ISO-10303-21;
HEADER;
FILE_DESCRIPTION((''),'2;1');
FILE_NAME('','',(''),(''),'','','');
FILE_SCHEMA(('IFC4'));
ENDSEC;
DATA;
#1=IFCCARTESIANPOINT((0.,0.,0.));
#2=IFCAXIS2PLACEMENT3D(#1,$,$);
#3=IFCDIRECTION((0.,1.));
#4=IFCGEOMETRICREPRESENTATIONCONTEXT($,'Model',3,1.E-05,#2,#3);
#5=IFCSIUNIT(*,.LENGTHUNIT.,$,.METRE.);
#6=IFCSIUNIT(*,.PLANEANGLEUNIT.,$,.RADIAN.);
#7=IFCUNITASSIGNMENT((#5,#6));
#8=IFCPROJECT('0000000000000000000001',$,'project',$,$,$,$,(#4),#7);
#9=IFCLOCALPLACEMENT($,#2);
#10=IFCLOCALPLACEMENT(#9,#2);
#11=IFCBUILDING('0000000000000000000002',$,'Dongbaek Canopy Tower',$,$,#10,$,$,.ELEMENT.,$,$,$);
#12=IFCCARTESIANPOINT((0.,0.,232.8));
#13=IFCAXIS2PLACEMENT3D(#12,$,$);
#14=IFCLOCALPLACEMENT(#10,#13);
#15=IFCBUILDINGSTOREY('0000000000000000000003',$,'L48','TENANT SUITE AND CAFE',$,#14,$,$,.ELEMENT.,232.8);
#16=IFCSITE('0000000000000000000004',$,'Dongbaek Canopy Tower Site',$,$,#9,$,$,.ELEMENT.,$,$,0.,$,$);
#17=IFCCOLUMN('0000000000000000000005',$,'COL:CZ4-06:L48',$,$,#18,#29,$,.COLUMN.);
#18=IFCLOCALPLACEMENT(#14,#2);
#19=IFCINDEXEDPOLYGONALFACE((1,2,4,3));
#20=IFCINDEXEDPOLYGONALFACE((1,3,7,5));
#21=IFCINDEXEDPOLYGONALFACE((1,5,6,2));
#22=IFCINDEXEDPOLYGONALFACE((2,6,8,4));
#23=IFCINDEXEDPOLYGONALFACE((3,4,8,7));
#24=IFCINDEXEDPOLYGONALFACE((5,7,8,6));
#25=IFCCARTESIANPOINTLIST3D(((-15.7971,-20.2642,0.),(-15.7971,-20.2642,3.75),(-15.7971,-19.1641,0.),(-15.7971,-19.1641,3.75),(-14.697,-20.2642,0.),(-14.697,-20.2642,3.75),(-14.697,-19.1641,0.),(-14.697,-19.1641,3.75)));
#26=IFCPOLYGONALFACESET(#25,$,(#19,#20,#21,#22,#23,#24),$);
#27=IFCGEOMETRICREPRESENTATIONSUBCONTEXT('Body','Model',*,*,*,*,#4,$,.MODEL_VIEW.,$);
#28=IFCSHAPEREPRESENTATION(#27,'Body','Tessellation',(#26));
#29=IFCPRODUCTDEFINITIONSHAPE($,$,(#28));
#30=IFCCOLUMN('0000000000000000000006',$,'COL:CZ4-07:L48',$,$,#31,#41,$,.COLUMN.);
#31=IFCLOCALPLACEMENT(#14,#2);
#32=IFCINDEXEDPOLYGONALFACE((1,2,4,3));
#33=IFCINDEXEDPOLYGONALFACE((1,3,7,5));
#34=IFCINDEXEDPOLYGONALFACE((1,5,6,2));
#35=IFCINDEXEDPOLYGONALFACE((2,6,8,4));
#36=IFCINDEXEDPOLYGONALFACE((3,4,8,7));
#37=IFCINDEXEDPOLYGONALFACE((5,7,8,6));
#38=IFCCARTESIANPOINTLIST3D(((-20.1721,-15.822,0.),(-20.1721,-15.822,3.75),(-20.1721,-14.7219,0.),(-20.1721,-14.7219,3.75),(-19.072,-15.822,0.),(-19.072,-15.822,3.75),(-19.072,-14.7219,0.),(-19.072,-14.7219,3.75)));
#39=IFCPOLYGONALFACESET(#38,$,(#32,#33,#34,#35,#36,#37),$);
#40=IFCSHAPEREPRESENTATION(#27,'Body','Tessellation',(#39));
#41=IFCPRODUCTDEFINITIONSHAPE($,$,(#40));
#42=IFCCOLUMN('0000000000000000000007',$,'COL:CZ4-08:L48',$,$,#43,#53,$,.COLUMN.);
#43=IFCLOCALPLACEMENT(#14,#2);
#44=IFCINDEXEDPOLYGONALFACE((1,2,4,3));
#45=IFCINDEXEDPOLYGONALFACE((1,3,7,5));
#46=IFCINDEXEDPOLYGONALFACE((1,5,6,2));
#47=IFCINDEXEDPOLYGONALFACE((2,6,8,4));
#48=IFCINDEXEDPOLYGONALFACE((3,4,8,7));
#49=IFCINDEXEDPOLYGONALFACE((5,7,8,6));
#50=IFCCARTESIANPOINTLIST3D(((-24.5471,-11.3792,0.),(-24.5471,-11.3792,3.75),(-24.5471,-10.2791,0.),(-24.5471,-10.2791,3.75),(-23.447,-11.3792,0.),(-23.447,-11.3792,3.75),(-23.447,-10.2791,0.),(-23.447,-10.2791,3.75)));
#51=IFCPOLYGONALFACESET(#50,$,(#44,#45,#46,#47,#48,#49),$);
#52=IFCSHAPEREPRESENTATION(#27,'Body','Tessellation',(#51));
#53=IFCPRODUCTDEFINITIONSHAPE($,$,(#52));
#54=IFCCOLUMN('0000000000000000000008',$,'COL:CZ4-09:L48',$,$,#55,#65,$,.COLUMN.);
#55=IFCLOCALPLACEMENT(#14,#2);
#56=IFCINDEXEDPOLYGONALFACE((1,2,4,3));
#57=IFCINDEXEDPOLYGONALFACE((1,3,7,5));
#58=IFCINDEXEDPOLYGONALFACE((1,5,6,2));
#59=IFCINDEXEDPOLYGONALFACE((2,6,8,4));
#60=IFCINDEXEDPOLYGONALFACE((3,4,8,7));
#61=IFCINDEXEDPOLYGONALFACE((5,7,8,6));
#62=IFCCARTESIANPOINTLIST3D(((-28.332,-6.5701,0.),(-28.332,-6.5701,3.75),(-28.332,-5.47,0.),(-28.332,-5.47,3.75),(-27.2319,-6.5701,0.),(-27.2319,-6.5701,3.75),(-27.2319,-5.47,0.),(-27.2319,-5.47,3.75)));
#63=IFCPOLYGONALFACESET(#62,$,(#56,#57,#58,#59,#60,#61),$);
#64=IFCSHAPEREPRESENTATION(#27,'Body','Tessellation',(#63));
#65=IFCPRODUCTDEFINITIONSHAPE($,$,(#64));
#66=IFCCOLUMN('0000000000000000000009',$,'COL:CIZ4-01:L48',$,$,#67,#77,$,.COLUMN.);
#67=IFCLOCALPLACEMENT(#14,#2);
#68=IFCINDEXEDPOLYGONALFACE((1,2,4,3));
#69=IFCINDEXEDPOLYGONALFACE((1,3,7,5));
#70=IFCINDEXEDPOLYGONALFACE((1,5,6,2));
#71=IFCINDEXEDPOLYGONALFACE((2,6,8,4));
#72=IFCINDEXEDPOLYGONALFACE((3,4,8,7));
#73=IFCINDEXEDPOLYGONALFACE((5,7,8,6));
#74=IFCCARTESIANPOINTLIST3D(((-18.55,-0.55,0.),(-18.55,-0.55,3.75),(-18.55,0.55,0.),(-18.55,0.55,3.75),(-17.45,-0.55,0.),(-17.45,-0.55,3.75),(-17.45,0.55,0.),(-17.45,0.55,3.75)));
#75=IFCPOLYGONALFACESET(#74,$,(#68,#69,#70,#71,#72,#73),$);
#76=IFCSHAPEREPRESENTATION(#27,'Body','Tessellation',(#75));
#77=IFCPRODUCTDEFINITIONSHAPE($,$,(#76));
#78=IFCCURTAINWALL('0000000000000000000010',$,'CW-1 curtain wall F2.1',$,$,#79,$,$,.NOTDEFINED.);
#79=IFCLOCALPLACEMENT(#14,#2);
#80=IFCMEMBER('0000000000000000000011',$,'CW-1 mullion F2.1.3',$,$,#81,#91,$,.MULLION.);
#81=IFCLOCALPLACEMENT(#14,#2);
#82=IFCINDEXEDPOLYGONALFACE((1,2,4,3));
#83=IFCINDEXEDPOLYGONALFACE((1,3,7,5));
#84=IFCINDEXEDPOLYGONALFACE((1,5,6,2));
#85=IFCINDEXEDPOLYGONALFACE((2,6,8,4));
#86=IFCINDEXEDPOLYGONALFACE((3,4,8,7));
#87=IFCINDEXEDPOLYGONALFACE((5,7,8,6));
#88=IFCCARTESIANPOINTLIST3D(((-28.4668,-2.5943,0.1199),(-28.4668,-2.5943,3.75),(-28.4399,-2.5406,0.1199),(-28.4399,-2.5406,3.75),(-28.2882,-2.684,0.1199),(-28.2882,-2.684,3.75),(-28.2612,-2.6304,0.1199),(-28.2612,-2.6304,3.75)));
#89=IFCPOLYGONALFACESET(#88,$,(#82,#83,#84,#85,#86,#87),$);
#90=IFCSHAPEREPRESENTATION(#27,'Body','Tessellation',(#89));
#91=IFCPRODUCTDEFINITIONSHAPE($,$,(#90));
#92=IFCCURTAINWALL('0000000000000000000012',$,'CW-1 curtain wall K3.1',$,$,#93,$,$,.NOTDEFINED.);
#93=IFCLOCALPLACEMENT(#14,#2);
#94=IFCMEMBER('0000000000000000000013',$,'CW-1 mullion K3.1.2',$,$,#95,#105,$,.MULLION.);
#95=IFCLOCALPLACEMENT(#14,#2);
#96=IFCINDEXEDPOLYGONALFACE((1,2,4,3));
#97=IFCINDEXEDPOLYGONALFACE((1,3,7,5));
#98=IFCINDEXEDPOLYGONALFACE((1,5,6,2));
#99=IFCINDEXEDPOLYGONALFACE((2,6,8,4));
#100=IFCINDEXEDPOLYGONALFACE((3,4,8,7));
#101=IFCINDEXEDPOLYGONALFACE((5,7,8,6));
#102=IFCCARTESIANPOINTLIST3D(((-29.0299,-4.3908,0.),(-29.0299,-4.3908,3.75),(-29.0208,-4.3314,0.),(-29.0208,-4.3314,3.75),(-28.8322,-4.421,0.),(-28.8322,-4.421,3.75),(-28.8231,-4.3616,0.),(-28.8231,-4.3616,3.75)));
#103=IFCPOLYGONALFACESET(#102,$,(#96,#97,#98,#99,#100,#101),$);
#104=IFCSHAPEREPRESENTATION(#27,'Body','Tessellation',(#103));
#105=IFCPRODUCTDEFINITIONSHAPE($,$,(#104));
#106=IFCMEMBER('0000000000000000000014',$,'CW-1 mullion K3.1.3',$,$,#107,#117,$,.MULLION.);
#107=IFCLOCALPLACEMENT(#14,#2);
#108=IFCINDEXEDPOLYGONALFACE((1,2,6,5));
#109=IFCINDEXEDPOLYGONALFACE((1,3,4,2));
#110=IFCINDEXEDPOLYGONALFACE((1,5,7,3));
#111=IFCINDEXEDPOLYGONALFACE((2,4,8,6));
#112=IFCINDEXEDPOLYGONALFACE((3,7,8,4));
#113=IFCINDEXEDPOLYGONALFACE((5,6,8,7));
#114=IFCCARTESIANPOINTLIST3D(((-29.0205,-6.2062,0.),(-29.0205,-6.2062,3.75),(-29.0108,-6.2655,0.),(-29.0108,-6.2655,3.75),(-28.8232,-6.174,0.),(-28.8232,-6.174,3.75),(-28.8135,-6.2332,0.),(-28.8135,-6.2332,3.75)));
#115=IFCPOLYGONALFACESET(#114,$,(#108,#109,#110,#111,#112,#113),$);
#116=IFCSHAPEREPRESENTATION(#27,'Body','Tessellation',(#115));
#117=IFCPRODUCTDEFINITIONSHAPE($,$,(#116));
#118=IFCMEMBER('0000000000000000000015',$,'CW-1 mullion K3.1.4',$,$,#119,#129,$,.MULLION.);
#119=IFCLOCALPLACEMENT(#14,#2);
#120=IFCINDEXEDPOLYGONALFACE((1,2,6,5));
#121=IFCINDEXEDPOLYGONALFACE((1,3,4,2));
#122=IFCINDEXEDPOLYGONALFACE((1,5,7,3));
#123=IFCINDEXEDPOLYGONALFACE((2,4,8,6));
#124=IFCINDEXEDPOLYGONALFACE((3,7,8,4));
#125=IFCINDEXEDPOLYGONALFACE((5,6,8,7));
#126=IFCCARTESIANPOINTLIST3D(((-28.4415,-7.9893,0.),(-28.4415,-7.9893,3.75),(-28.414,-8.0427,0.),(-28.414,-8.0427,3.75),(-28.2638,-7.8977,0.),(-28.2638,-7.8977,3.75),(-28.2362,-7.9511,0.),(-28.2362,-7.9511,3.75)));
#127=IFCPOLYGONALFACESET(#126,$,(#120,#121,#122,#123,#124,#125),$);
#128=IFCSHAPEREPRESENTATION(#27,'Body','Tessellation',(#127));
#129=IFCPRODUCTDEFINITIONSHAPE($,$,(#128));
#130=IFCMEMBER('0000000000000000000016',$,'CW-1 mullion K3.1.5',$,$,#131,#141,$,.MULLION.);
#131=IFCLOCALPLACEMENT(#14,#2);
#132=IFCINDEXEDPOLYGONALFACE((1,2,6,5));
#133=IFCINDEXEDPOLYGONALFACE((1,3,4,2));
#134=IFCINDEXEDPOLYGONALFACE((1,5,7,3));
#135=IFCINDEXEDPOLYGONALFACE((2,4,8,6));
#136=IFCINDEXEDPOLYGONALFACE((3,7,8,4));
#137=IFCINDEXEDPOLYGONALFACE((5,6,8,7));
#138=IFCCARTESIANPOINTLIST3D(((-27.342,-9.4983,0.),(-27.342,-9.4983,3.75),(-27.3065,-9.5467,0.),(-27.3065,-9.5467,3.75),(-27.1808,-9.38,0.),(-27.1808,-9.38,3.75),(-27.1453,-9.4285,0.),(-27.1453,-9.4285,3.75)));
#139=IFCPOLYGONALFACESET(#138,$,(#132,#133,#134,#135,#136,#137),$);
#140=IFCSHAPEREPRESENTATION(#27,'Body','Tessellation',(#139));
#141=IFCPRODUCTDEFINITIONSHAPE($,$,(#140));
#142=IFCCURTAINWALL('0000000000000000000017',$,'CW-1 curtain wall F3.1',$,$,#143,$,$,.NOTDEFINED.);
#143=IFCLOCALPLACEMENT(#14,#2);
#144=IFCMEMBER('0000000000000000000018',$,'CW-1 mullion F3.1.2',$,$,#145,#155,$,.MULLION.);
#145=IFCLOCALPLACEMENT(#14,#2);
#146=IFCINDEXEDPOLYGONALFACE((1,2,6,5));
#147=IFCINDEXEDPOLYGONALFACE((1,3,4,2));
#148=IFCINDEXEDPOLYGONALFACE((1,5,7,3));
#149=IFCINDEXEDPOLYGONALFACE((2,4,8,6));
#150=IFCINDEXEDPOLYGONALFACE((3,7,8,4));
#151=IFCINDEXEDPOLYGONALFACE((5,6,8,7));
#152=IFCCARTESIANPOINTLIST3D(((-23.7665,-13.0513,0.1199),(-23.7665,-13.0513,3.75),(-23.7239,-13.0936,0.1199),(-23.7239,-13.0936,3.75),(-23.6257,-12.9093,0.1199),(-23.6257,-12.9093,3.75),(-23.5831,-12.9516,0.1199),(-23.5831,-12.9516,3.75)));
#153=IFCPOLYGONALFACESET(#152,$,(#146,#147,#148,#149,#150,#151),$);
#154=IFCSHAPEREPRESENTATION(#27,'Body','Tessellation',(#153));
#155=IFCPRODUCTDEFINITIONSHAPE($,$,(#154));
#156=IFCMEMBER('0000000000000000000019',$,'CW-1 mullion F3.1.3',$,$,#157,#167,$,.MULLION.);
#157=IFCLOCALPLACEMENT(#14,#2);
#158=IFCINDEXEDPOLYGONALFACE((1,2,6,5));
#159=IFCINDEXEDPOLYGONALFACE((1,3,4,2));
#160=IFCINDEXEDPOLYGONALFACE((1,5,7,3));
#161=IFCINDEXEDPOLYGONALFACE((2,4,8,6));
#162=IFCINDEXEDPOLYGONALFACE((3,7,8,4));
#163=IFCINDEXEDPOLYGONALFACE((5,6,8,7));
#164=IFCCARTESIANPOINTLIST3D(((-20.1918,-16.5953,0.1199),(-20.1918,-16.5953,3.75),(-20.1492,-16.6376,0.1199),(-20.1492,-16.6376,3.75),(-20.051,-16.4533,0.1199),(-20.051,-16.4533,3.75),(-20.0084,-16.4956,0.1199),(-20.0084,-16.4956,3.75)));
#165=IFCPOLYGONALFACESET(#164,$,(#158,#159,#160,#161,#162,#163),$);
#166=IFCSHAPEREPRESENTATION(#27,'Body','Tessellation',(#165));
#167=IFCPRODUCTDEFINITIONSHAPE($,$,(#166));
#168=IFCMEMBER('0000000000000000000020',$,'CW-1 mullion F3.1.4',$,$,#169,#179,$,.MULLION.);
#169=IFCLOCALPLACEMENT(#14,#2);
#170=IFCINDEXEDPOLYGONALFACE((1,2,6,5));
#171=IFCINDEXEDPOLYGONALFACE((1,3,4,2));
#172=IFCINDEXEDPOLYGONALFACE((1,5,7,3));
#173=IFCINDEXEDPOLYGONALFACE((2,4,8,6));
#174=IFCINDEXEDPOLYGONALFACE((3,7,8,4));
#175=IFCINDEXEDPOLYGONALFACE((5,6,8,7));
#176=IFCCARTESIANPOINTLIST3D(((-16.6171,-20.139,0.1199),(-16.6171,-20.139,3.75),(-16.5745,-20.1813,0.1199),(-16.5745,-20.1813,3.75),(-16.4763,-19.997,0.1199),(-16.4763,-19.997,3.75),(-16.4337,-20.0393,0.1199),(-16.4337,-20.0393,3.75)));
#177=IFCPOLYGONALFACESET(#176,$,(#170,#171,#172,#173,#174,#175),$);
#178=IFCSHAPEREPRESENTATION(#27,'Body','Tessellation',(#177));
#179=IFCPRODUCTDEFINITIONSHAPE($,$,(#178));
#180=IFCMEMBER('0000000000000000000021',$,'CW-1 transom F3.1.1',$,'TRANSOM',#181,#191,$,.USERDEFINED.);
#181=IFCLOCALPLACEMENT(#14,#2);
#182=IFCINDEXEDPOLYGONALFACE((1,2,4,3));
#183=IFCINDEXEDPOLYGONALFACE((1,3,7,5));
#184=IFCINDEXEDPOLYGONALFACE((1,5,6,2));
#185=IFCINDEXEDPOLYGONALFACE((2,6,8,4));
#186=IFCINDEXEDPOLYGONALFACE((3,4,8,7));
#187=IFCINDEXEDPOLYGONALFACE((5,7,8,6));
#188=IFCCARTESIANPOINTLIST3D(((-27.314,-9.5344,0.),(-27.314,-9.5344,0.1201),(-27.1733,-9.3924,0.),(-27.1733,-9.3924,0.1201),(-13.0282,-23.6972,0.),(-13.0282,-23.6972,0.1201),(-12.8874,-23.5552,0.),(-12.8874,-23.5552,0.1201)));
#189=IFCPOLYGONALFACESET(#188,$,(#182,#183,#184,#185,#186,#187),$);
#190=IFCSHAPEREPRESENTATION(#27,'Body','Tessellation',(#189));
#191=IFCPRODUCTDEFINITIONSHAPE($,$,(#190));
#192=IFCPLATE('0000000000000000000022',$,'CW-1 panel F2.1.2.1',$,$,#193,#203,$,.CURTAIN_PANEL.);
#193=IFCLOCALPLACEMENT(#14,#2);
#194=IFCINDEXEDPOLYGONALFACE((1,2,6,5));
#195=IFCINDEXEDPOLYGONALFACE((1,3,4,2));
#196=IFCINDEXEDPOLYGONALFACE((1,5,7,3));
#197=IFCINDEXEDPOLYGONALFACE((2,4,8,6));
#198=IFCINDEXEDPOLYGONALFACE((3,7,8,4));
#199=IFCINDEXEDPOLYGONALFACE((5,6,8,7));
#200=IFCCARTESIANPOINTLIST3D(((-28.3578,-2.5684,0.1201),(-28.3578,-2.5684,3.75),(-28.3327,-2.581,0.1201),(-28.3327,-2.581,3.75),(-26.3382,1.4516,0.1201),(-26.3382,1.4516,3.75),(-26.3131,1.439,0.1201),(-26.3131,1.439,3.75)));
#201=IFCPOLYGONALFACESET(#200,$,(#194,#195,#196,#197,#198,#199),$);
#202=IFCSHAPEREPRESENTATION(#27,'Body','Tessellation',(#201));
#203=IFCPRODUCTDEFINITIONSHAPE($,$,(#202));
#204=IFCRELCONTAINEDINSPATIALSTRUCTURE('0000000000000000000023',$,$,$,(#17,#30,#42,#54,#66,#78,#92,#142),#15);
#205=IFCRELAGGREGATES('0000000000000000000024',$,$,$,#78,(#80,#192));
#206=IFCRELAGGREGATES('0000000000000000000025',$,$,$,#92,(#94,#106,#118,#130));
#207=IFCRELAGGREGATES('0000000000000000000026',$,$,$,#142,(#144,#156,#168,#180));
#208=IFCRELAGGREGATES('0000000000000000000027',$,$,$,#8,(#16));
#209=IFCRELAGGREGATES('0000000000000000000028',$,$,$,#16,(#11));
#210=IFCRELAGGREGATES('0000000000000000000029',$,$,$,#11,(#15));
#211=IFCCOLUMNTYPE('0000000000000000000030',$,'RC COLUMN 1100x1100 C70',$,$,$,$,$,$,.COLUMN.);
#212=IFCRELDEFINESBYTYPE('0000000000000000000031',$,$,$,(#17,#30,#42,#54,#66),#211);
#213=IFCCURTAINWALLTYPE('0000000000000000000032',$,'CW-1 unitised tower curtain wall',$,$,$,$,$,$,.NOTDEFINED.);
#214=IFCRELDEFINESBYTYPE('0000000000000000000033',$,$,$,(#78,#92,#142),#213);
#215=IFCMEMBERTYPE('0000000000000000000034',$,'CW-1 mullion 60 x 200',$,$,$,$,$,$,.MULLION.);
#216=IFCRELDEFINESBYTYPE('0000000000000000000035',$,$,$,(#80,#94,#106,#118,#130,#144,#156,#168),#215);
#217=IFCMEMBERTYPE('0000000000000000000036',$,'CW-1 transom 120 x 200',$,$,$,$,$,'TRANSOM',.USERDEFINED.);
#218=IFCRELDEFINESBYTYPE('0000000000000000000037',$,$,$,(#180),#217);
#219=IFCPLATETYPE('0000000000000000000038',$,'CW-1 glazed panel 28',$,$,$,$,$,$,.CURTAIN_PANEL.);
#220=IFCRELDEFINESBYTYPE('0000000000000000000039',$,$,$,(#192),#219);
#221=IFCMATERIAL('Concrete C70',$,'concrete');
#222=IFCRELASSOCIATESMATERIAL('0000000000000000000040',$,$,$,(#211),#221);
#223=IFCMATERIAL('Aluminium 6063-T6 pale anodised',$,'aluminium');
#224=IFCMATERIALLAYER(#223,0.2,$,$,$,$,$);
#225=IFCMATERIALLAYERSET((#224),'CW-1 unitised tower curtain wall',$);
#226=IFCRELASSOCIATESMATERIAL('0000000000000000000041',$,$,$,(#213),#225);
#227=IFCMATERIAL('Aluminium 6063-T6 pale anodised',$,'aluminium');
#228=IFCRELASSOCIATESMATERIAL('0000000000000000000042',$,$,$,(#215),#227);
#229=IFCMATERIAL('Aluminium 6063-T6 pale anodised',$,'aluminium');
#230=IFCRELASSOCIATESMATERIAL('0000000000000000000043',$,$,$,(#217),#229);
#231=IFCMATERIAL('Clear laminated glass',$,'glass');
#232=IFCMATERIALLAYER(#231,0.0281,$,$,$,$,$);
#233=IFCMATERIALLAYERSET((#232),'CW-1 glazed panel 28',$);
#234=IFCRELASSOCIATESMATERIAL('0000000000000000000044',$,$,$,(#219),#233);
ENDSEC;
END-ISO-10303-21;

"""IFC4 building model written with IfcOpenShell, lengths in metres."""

from ifc_helpers import new_model, si_unit, direction, frame, origin, origin_2d, place, context, subcontext, project, spatial, rectangle, extrude, material, layer, layer_set, material_profile, profile_set, type_object, element, aggregate, save


model = new_model("IFC4")

# Units and contexts
model_context = context("Model", 3, precision=1e-05, world=origin(), true_north=direction((0.0, 1.0)))
body_context = subcontext(model_context, "Body", "Model", "MODEL_VIEW")
ifc_project = project(units=[si_unit("LENGTHUNIT", "METRE"), si_unit("PLANEANGLEUNIT", "RADIAN")], contexts=[model_context])

# Site, building, storey
site_placement = place(None, origin())
site = spatial("IfcSite", under=ifc_project, at=site_placement, Name="Dongbaek Canopy Tower Site", CompositionType="ELEMENT", RefElevation=0.0)
building_placement = place(site_placement, origin())
building = spatial("IfcBuilding", under=site, at=building_placement, Name="Dongbaek Canopy Tower", CompositionType="ELEMENT")
storey_placement = place(building_placement, frame((0.0, 0.0, 232.8)))
storey = spatial("IfcBuildingStorey", under=building, at=storey_placement, Name="L48", Description="TENANT SUITE AND CAFE", CompositionType="ELEMENT", Elevation=232.8)

# Columns
ifc_material_1 = material(Name="Concrete C70", Category="concrete")
ifc_material_profile_1 = material_profile(ifc_material_1, rectangle(XDim=1.1001, YDim=1.1001, at=origin_2d()), Name="RC COLUMN 1100x1100 C70")
ifc_profile_set_1 = profile_set([ifc_material_profile_1], Name="Concrete C70")
column_type = type_object("IfcColumnType", Name="RC COLUMN 1100x1100 C70", PredefinedType="COLUMN", material=ifc_profile_set_1)
for number, where, z_axis, x_axis, name in (
    (1, (-15.2471, -19.7141, 0.0), (0.0, 0.0, 1.0), (1.0, 0.0, 0.0), "COL:CZ4-06:L48"),
    (2, (-19.6221, -15.272, 0.0), (0.0, 0.0, 1.0), (1.0, 0.0, 0.0), "COL:CZ4-07:L48"),
    (3, (-23.9971, -10.8291, 0.0), (0.0, 0.0, 1.0), (1.0, 0.0, 0.0), "COL:CZ4-08:L48"),
    (4, (-27.782, -6.02, 0.0), (0.0, 0.0, 1.0), (1.0, 0.0, 0.0), "COL:CZ4-09:L48"),
    (5, (-18.0, 0.0, 0.0), (0.0, 0.0, 1.0), (1.0, 0.0, 0.0), "COL:CIZ4-01:L48"),
):
    element("IfcColumn", number, at=place(storey_placement, frame(where, z_axis=z_axis, x_axis=x_axis)), inside=storey, type_object=column_type, Name=name, PredefinedType="COLUMN", context=body_context, shape_type="SweptSolid", body=[
        extrude(rectangle(XDim=1.1001, YDim=1.1001, at=origin_2d()), origin(), (0.0, 0.0, 1.0), 3.75),
    ])

# Curtain wall, member
ifc_material_2 = material(Name="Aluminium 6063-T6 pale anodised", Category="aluminium")
ifc_layer_1 = layer(ifc_material_2, 0.2)
ifc_layer_set_1 = layer_set([ifc_layer_1], Name="CW-1 unitised tower curtain wall")
curtain_wall_type = type_object("IfcCurtainWallType", Name="CW-1 unitised tower curtain wall", PredefinedType="NOTDEFINED", material=ifc_layer_set_1)
curtain_wall_1_placement = place(storey_placement, origin())
curtain_wall_1 = element("IfcCurtainWall", 6, at=curtain_wall_1_placement, inside=storey, type_object=curtain_wall_type, Name="CW-1 curtain wall F2.1", PredefinedType="NOTDEFINED")
ifc_material_3 = material(Name="Aluminium 6063-T6 pale anodised", Category="aluminium")
ifc_material_profile_2 = material_profile(ifc_material_3, rectangle(XDim=0.2, YDim=0.0601, at=origin_2d()), Name="CW-1 mullion 60 x 200")
ifc_profile_set_2 = profile_set([ifc_material_profile_2], Name="Aluminium 6063-T6 pale anodised")
member_type_1 = type_object("IfcMemberType", Name="CW-1 mullion 60 x 200", PredefinedType="MULLION", material=ifc_profile_set_2)
member_1_placement = place(storey_placement, frame((-28.364, -2.6123, 0.1199), z_axis=(0.0, 0.0, 1.0), x_axis=(-0.893577, 0.448909, 0.0)))
member_1 = element("IfcMember", 7, at=member_1_placement, type_object=member_type_1, Name="CW-1 mullion F2.1.3", PredefinedType="MULLION", context=body_context, shape_type="SweptSolid", body=[
    extrude(rectangle(XDim=0.2, YDim=0.0601, at=origin_2d()), origin(), (0.0, 0.0, 1.0), 3.6301),
])

# Curtain walls, members
curtain_wall_2_placement = place(storey_placement, origin())
curtain_wall_2 = element("IfcCurtainWall", 8, at=curtain_wall_2_placement, inside=storey, type_object=curtain_wall_type, Name="CW-1 curtain wall K3.1", PredefinedType="NOTDEFINED")
member_2_placement = place(storey_placement, frame((-28.9265, -4.3762, 0.0), z_axis=(0.0, 0.0, 1.0), x_axis=(-0.988512, 0.151144, 0.0)))
member_2 = element("IfcMember", 9, at=member_2_placement, type_object=member_type_1, Name="CW-1 mullion K3.1.2", PredefinedType="MULLION", context=body_context, shape_type="SweptSolid", body=[
    extrude(rectangle(XDim=0.2, YDim=0.0601, at=origin_2d()), origin(), (0.0, 0.0, 1.0), 3.75),
])
member_3_placement = place(storey_placement, frame((-28.917, -6.2197, 0.0), z_axis=(0.0, 0.0, 1.0), x_axis=(-0.986892, -0.161383, 0.0)))
member_3 = element("IfcMember", 10, at=member_3_placement, type_object=member_type_1, Name="CW-1 mullion K3.1.3", PredefinedType="MULLION", context=body_context, shape_type="SweptSolid", body=[
    extrude(rectangle(XDim=0.2, YDim=0.0601, at=origin_2d()), origin(), (0.0, 0.0, 1.0), 3.75),
])
member_4_placement = place(storey_placement, frame((-28.3389, -7.9702, 0.0), z_axis=(0.0, 0.0, 1.0), x_axis=(-0.888876, -0.458148, 0.0)))
member_4 = element("IfcMember", 11, at=member_4_placement, type_object=member_type_1, Name="CW-1 mullion K3.1.4", PredefinedType="MULLION", context=body_context, shape_type="SweptSolid", body=[
    extrude(rectangle(XDim=0.2, YDim=0.0601, at=origin_2d()), origin(), (0.0, 0.0, 1.0), 3.75),
])
member_5_placement = place(storey_placement, frame((-27.2437, -9.4634, 0.0), z_axis=(0.0, 0.0, 1.0), x_axis=(-0.806363, -0.591421, 0.0)))
member_5 = element("IfcMember", 12, at=member_5_placement, type_object=member_type_1, Name="CW-1 mullion K3.1.5", PredefinedType="MULLION", context=body_context, shape_type="SweptSolid", body=[
    extrude(rectangle(XDim=0.2, YDim=0.0601, at=origin_2d()), origin(), (0.0, 0.0, 1.0), 3.75),
])
curtain_wall_3_placement = place(storey_placement, origin())
curtain_wall_3 = element("IfcCurtainWall", 13, at=curtain_wall_3_placement, inside=storey, type_object=curtain_wall_type, Name="CW-1 curtain wall F3.1", PredefinedType="NOTDEFINED")
member_6_placement = place(storey_placement, frame((-23.6748, -13.0015, 0.1199), z_axis=(0.0, 0.0, 1.0), x_axis=(-0.704038, -0.710162, 0.0)))
member_6 = element("IfcMember", 14, at=member_6_placement, type_object=member_type_1, Name="CW-1 mullion F3.1.2", PredefinedType="MULLION", context=body_context, shape_type="SweptSolid", body=[
    extrude(rectangle(XDim=0.2, YDim=0.0601, at=origin_2d()), origin(), (0.0, 0.0, 1.0), 3.6301),
])
member_7_placement = place(storey_placement, frame((-20.1001, -16.5454, 0.1199), z_axis=(0.0, 0.0, 1.0), x_axis=(-0.704038, -0.710162, 0.0)))
member_7 = element("IfcMember", 15, at=member_7_placement, type_object=member_type_1, Name="CW-1 mullion F3.1.3", PredefinedType="MULLION", context=body_context, shape_type="SweptSolid", body=[
    extrude(rectangle(XDim=0.2, YDim=0.0601, at=origin_2d()), origin(), (0.0, 0.0, 1.0), 3.6301),
])
member_8_placement = place(storey_placement, frame((-16.5254, -20.0891, 0.1199), z_axis=(0.0, 0.0, 1.0), x_axis=(-0.704038, -0.710162, 0.0)))
member_8 = element("IfcMember", 16, at=member_8_placement, type_object=member_type_1, Name="CW-1 mullion F3.1.4", PredefinedType="MULLION", context=body_context, shape_type="SweptSolid", body=[
    extrude(rectangle(XDim=0.2, YDim=0.0601, at=origin_2d()), origin(), (0.0, 0.0, 1.0), 3.6301),
])
ifc_material_4 = material(Name="Aluminium 6063-T6 pale anodised", Category="aluminium")
ifc_material_profile_3 = material_profile(ifc_material_4, rectangle(XDim=0.2, YDim=0.1201, at=origin_2d()), Name="CW-1 transom 120 x 200")
ifc_profile_set_3 = profile_set([ifc_material_profile_3], Name="Aluminium 6063-T6 pale anodised")
member_type_2 = type_object("IfcMemberType", Name="CW-1 transom 120 x 200", ElementType="TRANSOM", PredefinedType="USERDEFINED", material=ifc_profile_set_3)
member_9_placement = place(storey_placement, frame((-27.2437, -9.4634, 0.0601), z_axis=(0.710159, -0.704042, 0.0), x_axis=(0.704042, 0.710159, 0.0)))
member_9 = element("IfcMember", 17, at=member_9_placement, type_object=member_type_2, Name="CW-1 transom F3.1.1", ObjectType="TRANSOM", PredefinedType="USERDEFINED", context=body_context, shape_type="SweptSolid", body=[
    extrude(rectangle(XDim=0.2, YDim=0.1201, at=origin_2d()), origin(), (0.0, 0.0, 1.0), 20.1165),
])

# Plate
ifc_material_5 = material(Name="Clear laminated glass", Category="glass")
ifc_layer_2 = layer(ifc_material_5, 0.0281)
ifc_layer_set_2 = layer_set([ifc_layer_2], Name="CW-1 glazed panel 28")
plate_type = type_object("IfcPlateType", Name="CW-1 glazed panel 28", PredefinedType="CURTAIN_PANEL", material=ifc_layer_set_2)
plate_1_placement = place(storey_placement, frame((-27.3354, -0.5647, 0.1201), z_axis=(0.0, 0.0, 1.0), x_axis=(-0.448909, -0.893577, 0.0)))
plate_1 = element("IfcPlate", 18, at=plate_1_placement, type_object=plate_type, Name="CW-1 panel F2.1.2.1", PredefinedType="CURTAIN_PANEL", context=body_context, shape_type="SweptSolid", body=[
    extrude(rectangle(XDim=4.4988, YDim=0.0281, at=origin_2d()), origin(), (0.0, 0.0, 1.0), 3.6299),
])

aggregate(curtain_wall_1, [member_1, plate_1])
aggregate(curtain_wall_2, [member_2, member_3, member_4, member_5])
aggregate(curtain_wall_3, [member_6, member_7, member_8, member_9])

save(model, "model.ifc")
